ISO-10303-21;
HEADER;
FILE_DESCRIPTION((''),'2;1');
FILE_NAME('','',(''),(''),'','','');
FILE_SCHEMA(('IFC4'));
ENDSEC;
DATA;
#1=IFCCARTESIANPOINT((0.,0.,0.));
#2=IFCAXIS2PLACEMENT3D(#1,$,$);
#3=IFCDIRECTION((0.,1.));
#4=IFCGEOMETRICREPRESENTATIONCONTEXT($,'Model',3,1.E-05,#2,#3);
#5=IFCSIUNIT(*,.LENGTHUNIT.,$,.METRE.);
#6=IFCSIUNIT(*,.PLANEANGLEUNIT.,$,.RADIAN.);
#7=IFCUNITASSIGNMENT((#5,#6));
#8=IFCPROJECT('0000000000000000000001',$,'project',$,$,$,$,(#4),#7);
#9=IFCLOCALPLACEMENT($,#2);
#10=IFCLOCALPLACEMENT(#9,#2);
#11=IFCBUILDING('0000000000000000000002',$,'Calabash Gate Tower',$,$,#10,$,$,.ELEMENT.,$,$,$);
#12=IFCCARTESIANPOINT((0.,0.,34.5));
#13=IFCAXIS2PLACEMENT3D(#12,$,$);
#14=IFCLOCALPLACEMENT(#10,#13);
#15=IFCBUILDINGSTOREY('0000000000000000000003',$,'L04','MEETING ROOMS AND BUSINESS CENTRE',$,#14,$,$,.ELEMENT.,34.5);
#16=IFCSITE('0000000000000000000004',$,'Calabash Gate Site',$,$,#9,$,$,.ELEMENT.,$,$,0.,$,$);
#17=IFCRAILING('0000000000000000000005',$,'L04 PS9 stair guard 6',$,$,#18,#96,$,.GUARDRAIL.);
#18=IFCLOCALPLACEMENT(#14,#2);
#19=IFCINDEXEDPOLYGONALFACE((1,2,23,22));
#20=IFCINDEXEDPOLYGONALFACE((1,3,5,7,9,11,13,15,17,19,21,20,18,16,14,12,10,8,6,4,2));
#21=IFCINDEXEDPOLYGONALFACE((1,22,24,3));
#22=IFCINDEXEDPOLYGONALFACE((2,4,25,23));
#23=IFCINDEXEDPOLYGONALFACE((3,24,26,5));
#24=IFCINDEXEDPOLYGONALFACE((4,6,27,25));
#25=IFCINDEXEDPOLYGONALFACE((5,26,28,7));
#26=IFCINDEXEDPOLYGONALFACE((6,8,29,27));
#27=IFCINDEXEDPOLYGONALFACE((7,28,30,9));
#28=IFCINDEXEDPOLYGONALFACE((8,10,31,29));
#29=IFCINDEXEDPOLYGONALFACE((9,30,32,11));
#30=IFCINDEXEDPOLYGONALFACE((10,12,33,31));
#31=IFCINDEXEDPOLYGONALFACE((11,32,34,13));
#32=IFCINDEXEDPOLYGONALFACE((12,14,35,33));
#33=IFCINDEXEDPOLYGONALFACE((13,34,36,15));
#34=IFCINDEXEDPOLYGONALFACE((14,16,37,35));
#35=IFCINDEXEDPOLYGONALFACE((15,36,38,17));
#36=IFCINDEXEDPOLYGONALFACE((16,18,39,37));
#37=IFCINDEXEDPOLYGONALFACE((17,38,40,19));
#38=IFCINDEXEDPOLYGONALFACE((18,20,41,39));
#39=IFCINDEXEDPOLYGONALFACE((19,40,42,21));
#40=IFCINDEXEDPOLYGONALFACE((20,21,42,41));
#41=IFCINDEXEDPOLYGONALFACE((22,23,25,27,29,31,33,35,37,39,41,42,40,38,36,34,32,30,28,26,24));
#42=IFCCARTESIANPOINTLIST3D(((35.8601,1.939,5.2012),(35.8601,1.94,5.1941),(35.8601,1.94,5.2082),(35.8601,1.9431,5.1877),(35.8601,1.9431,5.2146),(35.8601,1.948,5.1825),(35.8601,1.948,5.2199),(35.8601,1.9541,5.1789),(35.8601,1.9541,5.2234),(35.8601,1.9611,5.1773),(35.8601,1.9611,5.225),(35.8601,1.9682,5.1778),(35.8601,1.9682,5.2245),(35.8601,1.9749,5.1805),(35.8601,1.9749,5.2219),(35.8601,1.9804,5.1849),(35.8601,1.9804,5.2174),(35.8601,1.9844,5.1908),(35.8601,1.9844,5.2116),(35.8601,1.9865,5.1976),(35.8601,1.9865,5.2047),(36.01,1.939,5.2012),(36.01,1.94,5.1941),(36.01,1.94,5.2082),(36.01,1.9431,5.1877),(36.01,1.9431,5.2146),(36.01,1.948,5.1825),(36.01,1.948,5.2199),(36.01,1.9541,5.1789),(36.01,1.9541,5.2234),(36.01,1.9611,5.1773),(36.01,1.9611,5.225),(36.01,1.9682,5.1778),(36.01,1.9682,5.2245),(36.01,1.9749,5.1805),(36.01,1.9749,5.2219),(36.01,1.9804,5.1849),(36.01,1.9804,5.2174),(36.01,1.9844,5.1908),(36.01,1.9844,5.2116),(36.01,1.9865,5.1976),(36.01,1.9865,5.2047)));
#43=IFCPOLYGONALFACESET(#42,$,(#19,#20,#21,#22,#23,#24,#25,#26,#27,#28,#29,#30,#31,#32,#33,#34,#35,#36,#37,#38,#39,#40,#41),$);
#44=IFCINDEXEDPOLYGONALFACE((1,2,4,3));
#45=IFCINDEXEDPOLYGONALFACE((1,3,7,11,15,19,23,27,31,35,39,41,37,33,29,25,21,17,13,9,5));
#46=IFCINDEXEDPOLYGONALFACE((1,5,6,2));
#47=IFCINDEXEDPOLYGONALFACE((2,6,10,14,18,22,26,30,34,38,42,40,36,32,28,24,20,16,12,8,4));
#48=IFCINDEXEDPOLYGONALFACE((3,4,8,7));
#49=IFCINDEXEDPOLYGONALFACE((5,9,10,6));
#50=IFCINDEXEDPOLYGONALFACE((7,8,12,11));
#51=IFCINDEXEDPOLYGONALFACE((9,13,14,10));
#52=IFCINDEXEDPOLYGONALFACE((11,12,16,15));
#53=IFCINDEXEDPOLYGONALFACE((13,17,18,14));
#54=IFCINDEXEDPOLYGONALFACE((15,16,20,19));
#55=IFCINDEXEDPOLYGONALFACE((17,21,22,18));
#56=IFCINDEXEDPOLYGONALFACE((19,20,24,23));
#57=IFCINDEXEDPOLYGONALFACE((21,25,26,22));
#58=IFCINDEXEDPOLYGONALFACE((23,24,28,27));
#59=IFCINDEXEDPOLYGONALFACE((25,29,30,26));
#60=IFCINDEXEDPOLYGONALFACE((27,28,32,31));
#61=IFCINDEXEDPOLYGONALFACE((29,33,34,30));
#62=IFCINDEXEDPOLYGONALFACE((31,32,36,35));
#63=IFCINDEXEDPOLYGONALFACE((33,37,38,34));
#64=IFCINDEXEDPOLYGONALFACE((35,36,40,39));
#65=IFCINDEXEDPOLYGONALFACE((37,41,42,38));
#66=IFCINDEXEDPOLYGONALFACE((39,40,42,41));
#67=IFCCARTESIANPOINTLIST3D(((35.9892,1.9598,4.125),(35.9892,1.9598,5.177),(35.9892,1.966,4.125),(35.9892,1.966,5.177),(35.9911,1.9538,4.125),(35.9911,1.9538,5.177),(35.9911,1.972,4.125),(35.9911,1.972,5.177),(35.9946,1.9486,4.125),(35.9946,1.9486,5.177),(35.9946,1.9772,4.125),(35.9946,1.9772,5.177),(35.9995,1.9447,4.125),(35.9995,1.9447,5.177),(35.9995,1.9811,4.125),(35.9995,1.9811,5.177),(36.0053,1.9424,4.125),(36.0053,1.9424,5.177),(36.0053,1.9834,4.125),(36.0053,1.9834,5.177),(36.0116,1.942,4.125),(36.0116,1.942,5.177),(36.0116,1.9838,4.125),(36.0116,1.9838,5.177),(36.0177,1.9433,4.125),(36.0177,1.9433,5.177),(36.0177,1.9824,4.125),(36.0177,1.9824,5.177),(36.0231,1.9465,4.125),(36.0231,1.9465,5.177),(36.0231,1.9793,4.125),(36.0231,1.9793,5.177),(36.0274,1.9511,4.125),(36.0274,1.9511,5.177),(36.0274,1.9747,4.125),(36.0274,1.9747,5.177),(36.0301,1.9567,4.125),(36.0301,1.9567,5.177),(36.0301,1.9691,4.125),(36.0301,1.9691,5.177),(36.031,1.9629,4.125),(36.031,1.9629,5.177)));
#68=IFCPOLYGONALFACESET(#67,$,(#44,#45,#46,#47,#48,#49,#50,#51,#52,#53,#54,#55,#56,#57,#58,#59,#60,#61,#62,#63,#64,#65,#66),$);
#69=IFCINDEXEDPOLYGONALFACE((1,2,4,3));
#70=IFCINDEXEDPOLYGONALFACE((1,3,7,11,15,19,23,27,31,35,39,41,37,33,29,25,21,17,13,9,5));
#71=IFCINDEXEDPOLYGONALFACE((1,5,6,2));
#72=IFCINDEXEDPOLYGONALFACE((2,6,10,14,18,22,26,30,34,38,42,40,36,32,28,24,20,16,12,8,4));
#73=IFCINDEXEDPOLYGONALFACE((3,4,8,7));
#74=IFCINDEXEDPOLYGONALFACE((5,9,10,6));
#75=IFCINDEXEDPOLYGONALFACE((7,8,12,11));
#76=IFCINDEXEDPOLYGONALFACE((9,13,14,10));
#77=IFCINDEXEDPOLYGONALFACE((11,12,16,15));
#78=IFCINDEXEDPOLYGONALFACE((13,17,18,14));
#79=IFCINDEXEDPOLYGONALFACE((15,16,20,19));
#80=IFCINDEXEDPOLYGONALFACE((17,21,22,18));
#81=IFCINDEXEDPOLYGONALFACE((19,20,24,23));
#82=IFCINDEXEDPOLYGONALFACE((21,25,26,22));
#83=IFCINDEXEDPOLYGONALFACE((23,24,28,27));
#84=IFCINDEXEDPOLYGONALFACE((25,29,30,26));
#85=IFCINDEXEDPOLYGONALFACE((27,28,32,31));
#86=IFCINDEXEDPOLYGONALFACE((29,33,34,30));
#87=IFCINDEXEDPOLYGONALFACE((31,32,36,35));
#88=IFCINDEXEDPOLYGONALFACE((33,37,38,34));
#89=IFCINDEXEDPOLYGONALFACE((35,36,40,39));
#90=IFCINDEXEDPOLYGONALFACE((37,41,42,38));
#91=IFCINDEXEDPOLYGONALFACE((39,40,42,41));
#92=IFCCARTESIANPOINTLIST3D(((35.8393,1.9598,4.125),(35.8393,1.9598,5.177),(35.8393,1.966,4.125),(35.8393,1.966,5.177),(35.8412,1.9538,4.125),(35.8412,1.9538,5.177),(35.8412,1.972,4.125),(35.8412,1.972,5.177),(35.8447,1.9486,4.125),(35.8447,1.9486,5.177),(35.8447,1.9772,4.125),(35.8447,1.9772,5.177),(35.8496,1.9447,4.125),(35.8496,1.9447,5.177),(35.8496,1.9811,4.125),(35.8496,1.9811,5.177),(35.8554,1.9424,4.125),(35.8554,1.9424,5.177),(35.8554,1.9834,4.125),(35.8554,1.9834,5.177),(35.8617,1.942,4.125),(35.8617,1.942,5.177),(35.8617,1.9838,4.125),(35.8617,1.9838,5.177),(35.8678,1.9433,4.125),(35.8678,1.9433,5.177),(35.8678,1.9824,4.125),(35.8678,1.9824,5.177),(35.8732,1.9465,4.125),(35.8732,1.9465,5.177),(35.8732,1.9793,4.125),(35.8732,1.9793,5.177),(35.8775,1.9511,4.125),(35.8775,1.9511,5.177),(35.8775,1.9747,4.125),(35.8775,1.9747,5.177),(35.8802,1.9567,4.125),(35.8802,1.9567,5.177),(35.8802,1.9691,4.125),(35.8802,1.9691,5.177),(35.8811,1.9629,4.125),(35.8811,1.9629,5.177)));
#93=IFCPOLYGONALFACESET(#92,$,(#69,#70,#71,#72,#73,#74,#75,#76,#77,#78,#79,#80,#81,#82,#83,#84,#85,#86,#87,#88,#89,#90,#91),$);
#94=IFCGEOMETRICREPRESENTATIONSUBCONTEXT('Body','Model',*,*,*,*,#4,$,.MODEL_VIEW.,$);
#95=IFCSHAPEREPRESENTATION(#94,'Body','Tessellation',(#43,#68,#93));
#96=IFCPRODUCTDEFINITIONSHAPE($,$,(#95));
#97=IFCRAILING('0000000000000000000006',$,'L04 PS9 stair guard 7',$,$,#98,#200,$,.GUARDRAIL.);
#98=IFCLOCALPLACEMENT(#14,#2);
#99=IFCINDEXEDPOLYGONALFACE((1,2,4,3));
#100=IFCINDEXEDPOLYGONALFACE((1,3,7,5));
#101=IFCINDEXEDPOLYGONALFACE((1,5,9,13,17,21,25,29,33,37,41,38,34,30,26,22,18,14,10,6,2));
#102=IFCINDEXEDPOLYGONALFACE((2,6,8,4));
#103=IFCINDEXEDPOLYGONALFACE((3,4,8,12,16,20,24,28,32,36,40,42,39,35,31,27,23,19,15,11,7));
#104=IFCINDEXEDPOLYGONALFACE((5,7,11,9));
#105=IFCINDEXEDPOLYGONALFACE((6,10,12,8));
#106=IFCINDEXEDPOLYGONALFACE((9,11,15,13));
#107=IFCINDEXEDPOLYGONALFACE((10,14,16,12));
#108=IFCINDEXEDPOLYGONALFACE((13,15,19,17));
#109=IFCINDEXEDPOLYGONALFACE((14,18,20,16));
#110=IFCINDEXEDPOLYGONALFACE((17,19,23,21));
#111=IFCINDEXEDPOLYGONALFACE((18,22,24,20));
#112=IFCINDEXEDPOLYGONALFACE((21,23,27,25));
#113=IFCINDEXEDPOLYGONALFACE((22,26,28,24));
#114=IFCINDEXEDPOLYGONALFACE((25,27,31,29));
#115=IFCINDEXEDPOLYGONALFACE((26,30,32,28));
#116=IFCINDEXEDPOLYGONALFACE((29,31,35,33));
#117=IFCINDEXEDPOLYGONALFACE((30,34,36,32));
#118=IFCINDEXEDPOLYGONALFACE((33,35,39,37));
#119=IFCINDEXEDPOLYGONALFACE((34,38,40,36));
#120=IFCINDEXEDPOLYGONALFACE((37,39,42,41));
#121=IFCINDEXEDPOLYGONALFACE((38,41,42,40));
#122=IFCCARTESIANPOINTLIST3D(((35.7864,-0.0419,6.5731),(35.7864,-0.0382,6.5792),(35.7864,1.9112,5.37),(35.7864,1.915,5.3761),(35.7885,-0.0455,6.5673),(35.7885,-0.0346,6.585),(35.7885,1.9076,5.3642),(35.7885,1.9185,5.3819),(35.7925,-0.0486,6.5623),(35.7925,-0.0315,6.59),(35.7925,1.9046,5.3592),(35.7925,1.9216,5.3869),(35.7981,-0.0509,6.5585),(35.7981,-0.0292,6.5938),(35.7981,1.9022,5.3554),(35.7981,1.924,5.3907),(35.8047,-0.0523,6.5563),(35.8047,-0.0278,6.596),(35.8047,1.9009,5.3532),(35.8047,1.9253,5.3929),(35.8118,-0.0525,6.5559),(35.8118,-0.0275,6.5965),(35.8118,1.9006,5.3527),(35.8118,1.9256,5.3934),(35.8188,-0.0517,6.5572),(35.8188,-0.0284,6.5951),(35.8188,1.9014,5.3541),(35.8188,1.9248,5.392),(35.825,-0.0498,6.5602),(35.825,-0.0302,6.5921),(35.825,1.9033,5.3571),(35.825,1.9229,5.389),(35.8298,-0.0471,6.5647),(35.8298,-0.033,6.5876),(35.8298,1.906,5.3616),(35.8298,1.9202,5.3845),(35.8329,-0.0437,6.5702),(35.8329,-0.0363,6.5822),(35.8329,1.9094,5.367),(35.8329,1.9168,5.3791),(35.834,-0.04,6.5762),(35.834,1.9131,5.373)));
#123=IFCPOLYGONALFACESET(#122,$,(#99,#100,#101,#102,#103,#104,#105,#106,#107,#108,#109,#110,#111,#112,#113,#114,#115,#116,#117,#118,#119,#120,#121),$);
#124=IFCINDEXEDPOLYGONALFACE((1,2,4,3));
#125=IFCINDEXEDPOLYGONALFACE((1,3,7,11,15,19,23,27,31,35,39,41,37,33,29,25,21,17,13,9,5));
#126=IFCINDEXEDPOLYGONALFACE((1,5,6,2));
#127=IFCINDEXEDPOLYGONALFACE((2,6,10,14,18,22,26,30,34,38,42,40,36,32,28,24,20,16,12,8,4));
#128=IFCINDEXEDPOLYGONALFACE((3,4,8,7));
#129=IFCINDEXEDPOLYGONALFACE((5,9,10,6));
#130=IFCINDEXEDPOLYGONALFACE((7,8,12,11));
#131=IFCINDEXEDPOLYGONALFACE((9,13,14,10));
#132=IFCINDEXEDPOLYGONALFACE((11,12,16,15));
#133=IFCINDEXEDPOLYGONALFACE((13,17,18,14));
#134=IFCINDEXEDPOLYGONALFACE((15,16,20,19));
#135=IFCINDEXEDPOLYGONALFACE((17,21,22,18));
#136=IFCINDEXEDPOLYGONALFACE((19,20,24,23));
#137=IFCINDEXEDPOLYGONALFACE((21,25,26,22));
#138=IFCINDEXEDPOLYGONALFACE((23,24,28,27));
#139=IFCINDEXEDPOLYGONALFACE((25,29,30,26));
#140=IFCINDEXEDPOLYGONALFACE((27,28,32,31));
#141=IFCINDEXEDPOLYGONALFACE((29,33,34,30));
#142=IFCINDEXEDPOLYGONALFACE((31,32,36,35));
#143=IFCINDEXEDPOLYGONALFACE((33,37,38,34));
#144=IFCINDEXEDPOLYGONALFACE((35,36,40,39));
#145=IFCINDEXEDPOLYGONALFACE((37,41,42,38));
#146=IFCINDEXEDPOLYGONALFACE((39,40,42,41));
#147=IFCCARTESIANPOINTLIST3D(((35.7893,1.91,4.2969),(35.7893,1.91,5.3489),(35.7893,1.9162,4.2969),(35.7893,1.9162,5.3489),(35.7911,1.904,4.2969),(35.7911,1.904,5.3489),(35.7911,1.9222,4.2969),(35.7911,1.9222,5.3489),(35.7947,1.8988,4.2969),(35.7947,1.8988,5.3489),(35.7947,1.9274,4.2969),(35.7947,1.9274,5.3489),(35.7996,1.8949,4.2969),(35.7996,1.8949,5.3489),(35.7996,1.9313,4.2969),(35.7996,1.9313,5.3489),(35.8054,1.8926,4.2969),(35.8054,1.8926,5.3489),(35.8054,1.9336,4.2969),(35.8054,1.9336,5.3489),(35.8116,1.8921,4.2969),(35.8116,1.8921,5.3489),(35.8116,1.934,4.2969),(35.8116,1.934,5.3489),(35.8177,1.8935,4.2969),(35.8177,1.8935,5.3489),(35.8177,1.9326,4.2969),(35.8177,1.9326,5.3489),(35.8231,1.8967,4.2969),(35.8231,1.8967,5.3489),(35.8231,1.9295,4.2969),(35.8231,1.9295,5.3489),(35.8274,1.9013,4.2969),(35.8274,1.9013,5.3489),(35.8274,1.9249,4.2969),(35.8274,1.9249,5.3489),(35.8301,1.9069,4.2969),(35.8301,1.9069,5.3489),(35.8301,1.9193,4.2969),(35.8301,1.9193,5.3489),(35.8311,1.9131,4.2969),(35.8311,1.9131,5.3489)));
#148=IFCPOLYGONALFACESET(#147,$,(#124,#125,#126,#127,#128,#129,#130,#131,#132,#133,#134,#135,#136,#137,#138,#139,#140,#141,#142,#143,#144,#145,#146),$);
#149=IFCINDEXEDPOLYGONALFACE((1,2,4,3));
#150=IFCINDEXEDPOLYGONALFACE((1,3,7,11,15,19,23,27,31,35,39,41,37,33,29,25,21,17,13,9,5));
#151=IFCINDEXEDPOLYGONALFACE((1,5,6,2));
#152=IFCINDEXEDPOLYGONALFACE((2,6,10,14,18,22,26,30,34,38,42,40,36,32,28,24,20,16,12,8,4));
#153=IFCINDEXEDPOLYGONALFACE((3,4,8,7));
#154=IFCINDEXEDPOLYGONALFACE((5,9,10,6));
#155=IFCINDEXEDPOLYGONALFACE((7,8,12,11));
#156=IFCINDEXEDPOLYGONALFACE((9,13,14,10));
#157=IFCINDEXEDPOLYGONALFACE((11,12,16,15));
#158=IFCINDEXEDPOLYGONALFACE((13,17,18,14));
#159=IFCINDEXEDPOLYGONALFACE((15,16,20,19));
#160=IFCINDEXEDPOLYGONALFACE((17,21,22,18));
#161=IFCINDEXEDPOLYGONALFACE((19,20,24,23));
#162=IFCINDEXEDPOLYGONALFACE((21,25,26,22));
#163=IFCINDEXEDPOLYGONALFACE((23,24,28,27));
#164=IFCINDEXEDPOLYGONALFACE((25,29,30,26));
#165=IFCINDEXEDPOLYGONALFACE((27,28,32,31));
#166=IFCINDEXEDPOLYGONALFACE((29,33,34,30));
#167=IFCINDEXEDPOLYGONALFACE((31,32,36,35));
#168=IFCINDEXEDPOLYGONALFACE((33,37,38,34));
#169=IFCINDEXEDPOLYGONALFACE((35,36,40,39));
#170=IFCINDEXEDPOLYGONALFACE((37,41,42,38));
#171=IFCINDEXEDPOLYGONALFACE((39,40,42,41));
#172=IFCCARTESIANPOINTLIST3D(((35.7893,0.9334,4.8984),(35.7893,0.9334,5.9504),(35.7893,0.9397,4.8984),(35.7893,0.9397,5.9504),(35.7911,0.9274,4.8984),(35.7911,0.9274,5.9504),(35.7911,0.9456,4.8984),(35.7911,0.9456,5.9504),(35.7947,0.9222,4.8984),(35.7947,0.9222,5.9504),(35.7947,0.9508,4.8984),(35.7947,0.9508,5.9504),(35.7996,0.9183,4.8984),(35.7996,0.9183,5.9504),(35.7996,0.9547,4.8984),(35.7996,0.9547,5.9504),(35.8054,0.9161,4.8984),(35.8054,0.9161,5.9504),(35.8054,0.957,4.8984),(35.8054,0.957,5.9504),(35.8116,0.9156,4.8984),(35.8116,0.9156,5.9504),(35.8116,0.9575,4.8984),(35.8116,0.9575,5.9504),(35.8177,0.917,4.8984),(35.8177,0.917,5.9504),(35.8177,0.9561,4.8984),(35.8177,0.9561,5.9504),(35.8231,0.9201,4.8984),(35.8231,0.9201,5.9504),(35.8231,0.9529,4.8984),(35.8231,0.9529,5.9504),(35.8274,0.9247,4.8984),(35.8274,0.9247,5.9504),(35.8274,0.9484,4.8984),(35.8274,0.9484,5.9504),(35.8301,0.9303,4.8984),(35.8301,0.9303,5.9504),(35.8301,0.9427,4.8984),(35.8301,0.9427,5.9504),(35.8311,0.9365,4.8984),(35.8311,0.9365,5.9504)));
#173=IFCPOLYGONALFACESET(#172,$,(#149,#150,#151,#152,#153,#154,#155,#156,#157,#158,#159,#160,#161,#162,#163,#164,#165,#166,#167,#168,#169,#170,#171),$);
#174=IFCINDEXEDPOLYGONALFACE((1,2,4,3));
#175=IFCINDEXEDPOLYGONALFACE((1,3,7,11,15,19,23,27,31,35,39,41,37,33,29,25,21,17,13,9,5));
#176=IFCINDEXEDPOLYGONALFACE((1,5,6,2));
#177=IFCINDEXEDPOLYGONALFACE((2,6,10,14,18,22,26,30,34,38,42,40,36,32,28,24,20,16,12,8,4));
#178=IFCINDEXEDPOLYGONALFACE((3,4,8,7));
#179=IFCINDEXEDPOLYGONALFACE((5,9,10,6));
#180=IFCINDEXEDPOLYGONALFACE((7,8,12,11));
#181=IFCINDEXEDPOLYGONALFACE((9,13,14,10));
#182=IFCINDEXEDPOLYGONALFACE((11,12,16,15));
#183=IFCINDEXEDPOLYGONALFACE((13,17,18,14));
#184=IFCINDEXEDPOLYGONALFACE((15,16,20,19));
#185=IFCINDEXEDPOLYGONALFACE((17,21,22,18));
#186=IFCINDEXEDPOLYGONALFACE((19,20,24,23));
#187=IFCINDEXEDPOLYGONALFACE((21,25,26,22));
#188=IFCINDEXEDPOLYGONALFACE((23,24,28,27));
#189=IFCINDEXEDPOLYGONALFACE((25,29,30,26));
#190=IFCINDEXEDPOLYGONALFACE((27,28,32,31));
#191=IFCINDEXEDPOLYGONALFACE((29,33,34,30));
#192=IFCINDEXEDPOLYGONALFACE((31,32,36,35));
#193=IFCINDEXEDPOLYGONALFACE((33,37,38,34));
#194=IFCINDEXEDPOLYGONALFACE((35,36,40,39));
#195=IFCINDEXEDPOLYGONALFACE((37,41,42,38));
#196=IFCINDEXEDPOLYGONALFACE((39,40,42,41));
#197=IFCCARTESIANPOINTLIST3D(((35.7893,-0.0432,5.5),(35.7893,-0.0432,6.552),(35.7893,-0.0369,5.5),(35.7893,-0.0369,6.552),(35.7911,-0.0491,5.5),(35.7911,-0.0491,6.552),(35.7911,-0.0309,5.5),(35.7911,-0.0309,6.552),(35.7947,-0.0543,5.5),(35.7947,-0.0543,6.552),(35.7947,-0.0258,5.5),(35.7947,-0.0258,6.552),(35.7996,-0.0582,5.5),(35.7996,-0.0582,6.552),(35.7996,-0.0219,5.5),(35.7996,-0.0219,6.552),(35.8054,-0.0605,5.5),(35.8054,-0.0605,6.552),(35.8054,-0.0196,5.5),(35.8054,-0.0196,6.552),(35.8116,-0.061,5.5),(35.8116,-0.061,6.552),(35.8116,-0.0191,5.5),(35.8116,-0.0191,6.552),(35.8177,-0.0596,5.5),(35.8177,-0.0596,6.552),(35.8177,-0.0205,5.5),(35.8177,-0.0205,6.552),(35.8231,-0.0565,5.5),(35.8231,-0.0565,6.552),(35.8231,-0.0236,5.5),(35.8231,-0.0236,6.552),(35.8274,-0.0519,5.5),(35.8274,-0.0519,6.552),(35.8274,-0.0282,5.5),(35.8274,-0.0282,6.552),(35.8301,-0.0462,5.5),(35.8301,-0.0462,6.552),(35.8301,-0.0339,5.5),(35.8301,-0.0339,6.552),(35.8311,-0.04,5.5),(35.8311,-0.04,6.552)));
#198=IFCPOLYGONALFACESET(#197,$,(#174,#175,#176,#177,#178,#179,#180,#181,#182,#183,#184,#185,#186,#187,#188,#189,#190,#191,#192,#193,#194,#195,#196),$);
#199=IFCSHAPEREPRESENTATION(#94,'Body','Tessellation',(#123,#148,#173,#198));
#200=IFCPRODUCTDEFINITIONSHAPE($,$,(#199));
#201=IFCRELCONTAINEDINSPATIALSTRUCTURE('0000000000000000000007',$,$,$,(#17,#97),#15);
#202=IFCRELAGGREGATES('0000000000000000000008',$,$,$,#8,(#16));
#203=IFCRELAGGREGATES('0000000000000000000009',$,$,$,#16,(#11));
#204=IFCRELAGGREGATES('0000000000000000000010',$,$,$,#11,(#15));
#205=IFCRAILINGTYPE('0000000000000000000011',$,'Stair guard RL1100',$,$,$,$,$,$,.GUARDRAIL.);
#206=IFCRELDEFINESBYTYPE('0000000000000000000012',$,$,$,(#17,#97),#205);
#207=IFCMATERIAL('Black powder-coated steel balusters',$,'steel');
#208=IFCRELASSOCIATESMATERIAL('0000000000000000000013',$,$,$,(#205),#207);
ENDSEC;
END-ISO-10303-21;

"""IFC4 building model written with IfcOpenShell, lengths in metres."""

from ifc_helpers import new_model, si_unit, direction, frame, origin, origin_2d, place, context, subcontext, project, spatial, circle, extrude, material, type_object, element, save


model = new_model("IFC4")

# Units and contexts
model_context = context("Model", 3, precision=1e-05, world=origin(), true_north=direction((0.0, 1.0)))
body_context = subcontext(model_context, "Body", "Model", "MODEL_VIEW")
ifc_project = project(units=[si_unit("LENGTHUNIT", "METRE"), si_unit("PLANEANGLEUNIT", "RADIAN")], contexts=[model_context])

# Site, building, storey
site_placement = place(None, origin())
site = spatial("IfcSite", under=ifc_project, at=site_placement, Name="Calabash Gate Site", CompositionType="ELEMENT", RefElevation=0.0)
building_placement = place(site_placement, origin())
building = spatial("IfcBuilding", under=site, at=building_placement, Name="Calabash Gate Tower", CompositionType="ELEMENT")
storey_placement = place(building_placement, frame((0.0, 0.0, 34.5)))
storey = spatial("IfcBuildingStorey", under=building, at=storey_placement, Name="L04", Description="MEETING ROOMS AND BUSINESS CENTRE", CompositionType="ELEMENT", Elevation=34.5)

# Railings
ifc_material_1 = material(Name="Black powder-coated steel balusters", Category="steel")
railing_type_1 = type_object("IfcRailingType", Name="Stair guard RL1100", PredefinedType="GUARDRAIL", material=ifc_material_1)
railing_1_placement = place(storey_placement, frame((36.01, 1.9629, 4.125)))
element("IfcRailing", 1, at=railing_1_placement, inside=storey, type_object=railing_type_1, Name="L04 PS9 stair guard 6", PredefinedType="GUARDRAIL", context=body_context, shape_type="SweptSolid", body=[
    extrude(circle(Radius=0.0239, at=origin_2d()), frame((0.0, 0.0, 1.0762), z_axis=(-1.0, 0.0, 0.0), x_axis=(0.0, -1.0, 0.0)), (0.0, 0.0, 1.0), 0.1499),
    extrude(circle(Radius=0.021, at=origin_2d()), origin(), (0.0, 0.0, 1.0), 1.052),
    extrude(circle(Radius=0.021, at=origin_2d()), frame((-0.1499, 0.0, 0.0)), (0.0, 0.0, 1.0), 1.052),
])
railing_2_placement = place(storey_placement, frame((35.8101, 1.9131, 4.2969)))
element("IfcRailing", 2, at=railing_2_placement, inside=storey, type_object=railing_type_1, Name="L04 PS9 stair guard 7", PredefinedType="GUARDRAIL", context=body_context, shape_type="SweptSolid", body=[
    extrude(circle(Radius=0.0239, at=origin_2d()), frame((0.0, 0.0, 1.0762), z_axis=(0.0, -0.851424, 0.524477), x_axis=(1.0, 0.0, 0.0)), (0.0, 0.0, 1.0), 2.2939),
    extrude(circle(Radius=0.021, at=origin_2d()), origin(), (0.0, 0.0, 1.0), 1.052),
    extrude(circle(Radius=0.021, at=origin_2d()), frame((0.0, -0.9766, 0.6016)), (0.0, 0.0, 1.0), 1.052),
    extrude(circle(Radius=0.021, at=origin_2d()), frame((0.0, -1.9531, 1.2031)), (0.0, 0.0, 1.0), 1.052),
])

save(model, "model.ifc")
